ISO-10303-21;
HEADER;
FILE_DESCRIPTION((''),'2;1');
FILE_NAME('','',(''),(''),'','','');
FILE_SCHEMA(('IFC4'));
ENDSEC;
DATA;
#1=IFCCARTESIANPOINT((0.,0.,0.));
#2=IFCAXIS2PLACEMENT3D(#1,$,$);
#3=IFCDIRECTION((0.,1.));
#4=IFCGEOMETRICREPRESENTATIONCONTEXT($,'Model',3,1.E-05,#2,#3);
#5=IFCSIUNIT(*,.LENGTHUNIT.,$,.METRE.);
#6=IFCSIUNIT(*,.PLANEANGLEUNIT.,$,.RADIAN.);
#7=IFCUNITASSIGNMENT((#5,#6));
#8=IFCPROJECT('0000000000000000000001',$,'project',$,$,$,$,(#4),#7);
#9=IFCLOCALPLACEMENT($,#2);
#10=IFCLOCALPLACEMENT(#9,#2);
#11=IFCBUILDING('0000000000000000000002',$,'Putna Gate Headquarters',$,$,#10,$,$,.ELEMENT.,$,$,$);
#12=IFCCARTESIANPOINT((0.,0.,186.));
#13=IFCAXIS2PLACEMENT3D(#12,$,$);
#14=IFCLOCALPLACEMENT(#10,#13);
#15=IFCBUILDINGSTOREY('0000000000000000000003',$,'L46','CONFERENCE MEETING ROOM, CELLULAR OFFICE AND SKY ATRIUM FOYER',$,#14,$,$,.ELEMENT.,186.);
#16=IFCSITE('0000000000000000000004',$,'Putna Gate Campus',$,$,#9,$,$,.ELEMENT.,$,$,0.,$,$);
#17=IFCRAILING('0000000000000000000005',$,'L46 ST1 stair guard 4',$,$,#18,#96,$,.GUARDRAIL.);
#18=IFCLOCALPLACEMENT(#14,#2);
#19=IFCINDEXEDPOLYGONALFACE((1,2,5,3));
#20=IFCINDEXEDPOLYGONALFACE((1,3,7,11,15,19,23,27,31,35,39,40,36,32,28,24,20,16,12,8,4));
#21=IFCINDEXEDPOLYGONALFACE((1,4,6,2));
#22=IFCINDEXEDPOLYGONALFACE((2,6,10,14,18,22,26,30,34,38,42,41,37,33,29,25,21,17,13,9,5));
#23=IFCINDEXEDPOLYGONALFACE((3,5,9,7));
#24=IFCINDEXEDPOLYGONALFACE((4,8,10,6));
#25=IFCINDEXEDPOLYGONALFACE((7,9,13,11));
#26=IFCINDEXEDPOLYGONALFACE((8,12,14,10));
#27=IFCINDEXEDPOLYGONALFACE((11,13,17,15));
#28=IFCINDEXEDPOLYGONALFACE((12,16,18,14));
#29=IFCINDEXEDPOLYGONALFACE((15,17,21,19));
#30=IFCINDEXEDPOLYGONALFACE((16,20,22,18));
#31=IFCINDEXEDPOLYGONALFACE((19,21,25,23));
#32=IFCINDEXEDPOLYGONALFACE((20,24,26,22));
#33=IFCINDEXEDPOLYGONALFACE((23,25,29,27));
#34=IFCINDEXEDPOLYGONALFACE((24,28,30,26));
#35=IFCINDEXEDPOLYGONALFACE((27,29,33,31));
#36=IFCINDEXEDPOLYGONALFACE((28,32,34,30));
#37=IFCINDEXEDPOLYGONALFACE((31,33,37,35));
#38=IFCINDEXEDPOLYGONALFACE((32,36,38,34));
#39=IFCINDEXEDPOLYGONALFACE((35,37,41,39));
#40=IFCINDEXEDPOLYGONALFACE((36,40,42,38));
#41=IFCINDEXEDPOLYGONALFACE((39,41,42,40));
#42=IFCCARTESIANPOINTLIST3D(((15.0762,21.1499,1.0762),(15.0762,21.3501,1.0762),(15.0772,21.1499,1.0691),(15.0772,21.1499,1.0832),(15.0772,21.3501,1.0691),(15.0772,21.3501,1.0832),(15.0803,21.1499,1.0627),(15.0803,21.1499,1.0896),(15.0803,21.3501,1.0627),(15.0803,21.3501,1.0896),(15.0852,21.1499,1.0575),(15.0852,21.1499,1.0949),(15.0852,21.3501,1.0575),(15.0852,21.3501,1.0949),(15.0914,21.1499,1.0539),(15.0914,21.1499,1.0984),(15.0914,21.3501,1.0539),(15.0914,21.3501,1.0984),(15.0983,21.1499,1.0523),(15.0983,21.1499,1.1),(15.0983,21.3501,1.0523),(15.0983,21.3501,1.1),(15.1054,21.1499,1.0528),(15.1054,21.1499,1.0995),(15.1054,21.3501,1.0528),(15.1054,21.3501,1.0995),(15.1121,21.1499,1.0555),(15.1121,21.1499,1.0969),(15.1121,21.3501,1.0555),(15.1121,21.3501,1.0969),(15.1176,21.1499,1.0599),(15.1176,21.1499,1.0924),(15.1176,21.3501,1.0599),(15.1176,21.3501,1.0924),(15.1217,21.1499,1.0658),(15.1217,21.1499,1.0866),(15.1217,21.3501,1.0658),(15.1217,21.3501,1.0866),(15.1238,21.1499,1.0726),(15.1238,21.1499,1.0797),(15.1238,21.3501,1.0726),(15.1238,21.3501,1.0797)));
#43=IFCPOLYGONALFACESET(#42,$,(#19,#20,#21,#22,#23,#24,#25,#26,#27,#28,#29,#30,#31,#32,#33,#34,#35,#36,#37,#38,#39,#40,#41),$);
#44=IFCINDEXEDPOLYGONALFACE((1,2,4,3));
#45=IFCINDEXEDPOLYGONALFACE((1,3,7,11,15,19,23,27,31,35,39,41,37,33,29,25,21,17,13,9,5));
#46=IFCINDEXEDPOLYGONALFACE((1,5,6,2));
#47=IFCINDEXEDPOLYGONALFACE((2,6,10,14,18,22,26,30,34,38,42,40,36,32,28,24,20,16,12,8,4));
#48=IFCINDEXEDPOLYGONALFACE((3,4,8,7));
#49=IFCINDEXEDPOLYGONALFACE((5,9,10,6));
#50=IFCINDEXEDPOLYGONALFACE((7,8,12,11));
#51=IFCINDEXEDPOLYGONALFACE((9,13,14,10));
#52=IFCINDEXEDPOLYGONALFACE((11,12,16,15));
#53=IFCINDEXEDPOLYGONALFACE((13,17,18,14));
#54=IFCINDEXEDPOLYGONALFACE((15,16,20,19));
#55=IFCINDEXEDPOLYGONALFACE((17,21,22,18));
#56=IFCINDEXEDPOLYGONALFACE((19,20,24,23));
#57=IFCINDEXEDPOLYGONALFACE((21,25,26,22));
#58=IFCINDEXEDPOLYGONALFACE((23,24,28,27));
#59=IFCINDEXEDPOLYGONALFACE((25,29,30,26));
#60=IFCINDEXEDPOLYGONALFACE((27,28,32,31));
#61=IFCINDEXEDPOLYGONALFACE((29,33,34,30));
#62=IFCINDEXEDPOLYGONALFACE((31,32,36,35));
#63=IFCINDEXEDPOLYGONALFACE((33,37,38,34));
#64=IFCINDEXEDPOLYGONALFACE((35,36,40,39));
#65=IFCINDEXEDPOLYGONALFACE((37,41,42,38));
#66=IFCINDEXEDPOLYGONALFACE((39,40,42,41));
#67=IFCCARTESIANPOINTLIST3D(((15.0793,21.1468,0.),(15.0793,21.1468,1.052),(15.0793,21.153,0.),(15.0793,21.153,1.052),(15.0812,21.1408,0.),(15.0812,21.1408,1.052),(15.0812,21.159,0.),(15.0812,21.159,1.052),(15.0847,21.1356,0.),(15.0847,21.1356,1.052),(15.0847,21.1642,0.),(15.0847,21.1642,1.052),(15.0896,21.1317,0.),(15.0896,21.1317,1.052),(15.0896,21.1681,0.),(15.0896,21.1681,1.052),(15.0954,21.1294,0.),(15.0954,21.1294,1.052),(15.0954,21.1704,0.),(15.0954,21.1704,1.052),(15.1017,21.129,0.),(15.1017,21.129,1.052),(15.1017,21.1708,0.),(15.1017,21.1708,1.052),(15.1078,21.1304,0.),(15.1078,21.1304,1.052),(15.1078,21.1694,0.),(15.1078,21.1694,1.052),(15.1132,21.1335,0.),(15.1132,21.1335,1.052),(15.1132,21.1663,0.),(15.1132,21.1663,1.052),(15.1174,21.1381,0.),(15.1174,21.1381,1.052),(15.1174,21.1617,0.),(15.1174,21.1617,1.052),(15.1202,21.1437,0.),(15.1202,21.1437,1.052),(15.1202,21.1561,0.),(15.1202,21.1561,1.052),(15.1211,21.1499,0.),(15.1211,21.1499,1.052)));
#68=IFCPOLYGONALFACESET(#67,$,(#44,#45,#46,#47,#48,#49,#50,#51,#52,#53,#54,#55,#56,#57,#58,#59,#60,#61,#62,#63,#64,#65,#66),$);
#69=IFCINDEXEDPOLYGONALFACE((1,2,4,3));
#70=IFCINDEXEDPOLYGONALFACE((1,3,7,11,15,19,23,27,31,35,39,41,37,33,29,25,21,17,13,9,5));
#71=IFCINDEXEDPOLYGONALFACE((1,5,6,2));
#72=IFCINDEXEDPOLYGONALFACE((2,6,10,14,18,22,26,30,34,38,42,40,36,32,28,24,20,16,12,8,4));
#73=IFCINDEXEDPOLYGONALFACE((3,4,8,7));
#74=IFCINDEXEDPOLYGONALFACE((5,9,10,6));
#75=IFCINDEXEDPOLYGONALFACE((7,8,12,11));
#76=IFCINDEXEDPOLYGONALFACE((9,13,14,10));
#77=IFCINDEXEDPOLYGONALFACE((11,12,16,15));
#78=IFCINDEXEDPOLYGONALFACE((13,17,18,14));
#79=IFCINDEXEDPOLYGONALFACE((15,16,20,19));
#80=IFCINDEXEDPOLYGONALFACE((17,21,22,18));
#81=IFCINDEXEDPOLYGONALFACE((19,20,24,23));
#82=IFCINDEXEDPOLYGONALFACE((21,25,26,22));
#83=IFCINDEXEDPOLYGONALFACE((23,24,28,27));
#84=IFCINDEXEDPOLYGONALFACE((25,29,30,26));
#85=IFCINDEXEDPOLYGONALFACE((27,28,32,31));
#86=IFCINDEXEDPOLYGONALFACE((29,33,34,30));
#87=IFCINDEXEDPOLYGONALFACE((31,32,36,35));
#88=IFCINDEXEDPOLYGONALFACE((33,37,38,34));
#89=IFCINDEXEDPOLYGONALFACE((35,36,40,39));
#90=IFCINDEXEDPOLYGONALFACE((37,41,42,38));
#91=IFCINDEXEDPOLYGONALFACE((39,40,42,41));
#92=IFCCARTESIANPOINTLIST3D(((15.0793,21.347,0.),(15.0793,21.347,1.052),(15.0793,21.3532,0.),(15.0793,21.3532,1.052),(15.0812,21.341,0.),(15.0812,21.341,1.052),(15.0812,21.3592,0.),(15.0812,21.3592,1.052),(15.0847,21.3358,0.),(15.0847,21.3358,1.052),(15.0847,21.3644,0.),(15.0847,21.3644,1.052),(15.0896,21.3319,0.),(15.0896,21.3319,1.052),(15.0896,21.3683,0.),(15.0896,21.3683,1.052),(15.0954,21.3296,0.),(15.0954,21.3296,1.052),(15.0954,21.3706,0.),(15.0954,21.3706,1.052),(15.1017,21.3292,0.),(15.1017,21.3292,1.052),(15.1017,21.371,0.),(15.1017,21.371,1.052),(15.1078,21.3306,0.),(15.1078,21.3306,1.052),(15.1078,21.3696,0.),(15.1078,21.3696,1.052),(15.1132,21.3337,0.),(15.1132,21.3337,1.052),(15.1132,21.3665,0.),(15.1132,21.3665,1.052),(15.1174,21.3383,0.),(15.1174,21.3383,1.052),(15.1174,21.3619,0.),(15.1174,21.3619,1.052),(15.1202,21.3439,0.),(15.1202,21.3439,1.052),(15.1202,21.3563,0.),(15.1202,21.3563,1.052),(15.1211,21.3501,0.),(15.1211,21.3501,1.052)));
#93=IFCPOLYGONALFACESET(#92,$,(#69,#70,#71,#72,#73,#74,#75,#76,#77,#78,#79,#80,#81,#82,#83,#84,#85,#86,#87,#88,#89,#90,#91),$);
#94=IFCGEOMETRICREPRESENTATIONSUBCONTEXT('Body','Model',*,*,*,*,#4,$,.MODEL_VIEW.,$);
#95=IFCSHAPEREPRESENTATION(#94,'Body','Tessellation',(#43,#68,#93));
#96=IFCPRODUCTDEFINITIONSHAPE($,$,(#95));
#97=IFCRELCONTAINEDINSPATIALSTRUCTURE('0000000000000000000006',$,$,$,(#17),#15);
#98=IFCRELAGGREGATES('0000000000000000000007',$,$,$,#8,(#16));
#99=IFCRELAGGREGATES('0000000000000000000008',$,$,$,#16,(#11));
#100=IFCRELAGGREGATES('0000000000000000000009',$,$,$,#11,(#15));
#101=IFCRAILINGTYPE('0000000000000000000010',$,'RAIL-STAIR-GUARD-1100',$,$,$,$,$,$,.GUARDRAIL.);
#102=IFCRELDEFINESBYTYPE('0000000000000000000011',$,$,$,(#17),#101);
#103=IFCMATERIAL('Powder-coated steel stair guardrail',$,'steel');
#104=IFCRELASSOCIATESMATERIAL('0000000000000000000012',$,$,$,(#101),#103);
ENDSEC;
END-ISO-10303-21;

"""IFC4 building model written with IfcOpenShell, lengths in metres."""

from ifc_helpers import new_model, si_unit, direction, frame, origin, origin_2d, place, context, subcontext, project, spatial, circle, extrude, material, type_object, element, save


model = new_model("IFC4")

# Units and contexts
model_context = context("Model", 3, precision=1e-05, world=origin(), true_north=direction((0.0, 1.0)))
body_context = subcontext(model_context, "Body", "Model", "MODEL_VIEW")
ifc_project = project(units=[si_unit("LENGTHUNIT", "METRE"), si_unit("PLANEANGLEUNIT", "RADIAN")], contexts=[model_context])

# Site, building, storey
site_placement = place(None, origin())
site = spatial("IfcSite", under=ifc_project, at=site_placement, Name="Putna Gate Campus", CompositionType="ELEMENT", RefElevation=0.0)
building_placement = place(site_placement, origin())
building = spatial("IfcBuilding", under=site, at=building_placement, Name="Putna Gate Headquarters", CompositionType="ELEMENT")
storey_placement = place(building_placement, frame((0.0, 0.0, 186.0)))
storey = spatial("IfcBuildingStorey", under=building, at=storey_placement, Name="L46", Description="CONFERENCE MEETING ROOM, CELLULAR OFFICE AND SKY ATRIUM FOYER", CompositionType="ELEMENT", Elevation=186.0)

# Railing
ifc_material_1 = material(Name="Powder-coated steel stair guardrail", Category="steel")
railing_type_1 = type_object("IfcRailingType", Name="RAIL-STAIR-GUARD-1100", PredefinedType="GUARDRAIL", material=ifc_material_1)
railing_1_placement = place(storey_placement, frame((15.1001, 21.1499, 0.0)))
element("IfcRailing", 1, at=railing_1_placement, inside=storey, type_object=railing_type_1, Name="L46 ST1 stair guard 4", PredefinedType="GUARDRAIL", context=body_context, shape_type="SweptSolid", body=[
    extrude(circle(Radius=0.0239, at=origin_2d()), frame((0.0, 0.0, 1.0762), z_axis=(0.0, 1.0, 0.0), x_axis=(-1.0, 0.0, 0.0)), (0.0, 0.0, 1.0), 0.2002),
    extrude(circle(Radius=0.021, at=origin_2d()), origin(), (0.0, 0.0, 1.0), 1.052),
    extrude(circle(Radius=0.021, at=origin_2d()), frame((0.0, 0.2002, 0.0)), (0.0, 0.0, 1.0), 1.052),
])

save(model, "model.ifc")
